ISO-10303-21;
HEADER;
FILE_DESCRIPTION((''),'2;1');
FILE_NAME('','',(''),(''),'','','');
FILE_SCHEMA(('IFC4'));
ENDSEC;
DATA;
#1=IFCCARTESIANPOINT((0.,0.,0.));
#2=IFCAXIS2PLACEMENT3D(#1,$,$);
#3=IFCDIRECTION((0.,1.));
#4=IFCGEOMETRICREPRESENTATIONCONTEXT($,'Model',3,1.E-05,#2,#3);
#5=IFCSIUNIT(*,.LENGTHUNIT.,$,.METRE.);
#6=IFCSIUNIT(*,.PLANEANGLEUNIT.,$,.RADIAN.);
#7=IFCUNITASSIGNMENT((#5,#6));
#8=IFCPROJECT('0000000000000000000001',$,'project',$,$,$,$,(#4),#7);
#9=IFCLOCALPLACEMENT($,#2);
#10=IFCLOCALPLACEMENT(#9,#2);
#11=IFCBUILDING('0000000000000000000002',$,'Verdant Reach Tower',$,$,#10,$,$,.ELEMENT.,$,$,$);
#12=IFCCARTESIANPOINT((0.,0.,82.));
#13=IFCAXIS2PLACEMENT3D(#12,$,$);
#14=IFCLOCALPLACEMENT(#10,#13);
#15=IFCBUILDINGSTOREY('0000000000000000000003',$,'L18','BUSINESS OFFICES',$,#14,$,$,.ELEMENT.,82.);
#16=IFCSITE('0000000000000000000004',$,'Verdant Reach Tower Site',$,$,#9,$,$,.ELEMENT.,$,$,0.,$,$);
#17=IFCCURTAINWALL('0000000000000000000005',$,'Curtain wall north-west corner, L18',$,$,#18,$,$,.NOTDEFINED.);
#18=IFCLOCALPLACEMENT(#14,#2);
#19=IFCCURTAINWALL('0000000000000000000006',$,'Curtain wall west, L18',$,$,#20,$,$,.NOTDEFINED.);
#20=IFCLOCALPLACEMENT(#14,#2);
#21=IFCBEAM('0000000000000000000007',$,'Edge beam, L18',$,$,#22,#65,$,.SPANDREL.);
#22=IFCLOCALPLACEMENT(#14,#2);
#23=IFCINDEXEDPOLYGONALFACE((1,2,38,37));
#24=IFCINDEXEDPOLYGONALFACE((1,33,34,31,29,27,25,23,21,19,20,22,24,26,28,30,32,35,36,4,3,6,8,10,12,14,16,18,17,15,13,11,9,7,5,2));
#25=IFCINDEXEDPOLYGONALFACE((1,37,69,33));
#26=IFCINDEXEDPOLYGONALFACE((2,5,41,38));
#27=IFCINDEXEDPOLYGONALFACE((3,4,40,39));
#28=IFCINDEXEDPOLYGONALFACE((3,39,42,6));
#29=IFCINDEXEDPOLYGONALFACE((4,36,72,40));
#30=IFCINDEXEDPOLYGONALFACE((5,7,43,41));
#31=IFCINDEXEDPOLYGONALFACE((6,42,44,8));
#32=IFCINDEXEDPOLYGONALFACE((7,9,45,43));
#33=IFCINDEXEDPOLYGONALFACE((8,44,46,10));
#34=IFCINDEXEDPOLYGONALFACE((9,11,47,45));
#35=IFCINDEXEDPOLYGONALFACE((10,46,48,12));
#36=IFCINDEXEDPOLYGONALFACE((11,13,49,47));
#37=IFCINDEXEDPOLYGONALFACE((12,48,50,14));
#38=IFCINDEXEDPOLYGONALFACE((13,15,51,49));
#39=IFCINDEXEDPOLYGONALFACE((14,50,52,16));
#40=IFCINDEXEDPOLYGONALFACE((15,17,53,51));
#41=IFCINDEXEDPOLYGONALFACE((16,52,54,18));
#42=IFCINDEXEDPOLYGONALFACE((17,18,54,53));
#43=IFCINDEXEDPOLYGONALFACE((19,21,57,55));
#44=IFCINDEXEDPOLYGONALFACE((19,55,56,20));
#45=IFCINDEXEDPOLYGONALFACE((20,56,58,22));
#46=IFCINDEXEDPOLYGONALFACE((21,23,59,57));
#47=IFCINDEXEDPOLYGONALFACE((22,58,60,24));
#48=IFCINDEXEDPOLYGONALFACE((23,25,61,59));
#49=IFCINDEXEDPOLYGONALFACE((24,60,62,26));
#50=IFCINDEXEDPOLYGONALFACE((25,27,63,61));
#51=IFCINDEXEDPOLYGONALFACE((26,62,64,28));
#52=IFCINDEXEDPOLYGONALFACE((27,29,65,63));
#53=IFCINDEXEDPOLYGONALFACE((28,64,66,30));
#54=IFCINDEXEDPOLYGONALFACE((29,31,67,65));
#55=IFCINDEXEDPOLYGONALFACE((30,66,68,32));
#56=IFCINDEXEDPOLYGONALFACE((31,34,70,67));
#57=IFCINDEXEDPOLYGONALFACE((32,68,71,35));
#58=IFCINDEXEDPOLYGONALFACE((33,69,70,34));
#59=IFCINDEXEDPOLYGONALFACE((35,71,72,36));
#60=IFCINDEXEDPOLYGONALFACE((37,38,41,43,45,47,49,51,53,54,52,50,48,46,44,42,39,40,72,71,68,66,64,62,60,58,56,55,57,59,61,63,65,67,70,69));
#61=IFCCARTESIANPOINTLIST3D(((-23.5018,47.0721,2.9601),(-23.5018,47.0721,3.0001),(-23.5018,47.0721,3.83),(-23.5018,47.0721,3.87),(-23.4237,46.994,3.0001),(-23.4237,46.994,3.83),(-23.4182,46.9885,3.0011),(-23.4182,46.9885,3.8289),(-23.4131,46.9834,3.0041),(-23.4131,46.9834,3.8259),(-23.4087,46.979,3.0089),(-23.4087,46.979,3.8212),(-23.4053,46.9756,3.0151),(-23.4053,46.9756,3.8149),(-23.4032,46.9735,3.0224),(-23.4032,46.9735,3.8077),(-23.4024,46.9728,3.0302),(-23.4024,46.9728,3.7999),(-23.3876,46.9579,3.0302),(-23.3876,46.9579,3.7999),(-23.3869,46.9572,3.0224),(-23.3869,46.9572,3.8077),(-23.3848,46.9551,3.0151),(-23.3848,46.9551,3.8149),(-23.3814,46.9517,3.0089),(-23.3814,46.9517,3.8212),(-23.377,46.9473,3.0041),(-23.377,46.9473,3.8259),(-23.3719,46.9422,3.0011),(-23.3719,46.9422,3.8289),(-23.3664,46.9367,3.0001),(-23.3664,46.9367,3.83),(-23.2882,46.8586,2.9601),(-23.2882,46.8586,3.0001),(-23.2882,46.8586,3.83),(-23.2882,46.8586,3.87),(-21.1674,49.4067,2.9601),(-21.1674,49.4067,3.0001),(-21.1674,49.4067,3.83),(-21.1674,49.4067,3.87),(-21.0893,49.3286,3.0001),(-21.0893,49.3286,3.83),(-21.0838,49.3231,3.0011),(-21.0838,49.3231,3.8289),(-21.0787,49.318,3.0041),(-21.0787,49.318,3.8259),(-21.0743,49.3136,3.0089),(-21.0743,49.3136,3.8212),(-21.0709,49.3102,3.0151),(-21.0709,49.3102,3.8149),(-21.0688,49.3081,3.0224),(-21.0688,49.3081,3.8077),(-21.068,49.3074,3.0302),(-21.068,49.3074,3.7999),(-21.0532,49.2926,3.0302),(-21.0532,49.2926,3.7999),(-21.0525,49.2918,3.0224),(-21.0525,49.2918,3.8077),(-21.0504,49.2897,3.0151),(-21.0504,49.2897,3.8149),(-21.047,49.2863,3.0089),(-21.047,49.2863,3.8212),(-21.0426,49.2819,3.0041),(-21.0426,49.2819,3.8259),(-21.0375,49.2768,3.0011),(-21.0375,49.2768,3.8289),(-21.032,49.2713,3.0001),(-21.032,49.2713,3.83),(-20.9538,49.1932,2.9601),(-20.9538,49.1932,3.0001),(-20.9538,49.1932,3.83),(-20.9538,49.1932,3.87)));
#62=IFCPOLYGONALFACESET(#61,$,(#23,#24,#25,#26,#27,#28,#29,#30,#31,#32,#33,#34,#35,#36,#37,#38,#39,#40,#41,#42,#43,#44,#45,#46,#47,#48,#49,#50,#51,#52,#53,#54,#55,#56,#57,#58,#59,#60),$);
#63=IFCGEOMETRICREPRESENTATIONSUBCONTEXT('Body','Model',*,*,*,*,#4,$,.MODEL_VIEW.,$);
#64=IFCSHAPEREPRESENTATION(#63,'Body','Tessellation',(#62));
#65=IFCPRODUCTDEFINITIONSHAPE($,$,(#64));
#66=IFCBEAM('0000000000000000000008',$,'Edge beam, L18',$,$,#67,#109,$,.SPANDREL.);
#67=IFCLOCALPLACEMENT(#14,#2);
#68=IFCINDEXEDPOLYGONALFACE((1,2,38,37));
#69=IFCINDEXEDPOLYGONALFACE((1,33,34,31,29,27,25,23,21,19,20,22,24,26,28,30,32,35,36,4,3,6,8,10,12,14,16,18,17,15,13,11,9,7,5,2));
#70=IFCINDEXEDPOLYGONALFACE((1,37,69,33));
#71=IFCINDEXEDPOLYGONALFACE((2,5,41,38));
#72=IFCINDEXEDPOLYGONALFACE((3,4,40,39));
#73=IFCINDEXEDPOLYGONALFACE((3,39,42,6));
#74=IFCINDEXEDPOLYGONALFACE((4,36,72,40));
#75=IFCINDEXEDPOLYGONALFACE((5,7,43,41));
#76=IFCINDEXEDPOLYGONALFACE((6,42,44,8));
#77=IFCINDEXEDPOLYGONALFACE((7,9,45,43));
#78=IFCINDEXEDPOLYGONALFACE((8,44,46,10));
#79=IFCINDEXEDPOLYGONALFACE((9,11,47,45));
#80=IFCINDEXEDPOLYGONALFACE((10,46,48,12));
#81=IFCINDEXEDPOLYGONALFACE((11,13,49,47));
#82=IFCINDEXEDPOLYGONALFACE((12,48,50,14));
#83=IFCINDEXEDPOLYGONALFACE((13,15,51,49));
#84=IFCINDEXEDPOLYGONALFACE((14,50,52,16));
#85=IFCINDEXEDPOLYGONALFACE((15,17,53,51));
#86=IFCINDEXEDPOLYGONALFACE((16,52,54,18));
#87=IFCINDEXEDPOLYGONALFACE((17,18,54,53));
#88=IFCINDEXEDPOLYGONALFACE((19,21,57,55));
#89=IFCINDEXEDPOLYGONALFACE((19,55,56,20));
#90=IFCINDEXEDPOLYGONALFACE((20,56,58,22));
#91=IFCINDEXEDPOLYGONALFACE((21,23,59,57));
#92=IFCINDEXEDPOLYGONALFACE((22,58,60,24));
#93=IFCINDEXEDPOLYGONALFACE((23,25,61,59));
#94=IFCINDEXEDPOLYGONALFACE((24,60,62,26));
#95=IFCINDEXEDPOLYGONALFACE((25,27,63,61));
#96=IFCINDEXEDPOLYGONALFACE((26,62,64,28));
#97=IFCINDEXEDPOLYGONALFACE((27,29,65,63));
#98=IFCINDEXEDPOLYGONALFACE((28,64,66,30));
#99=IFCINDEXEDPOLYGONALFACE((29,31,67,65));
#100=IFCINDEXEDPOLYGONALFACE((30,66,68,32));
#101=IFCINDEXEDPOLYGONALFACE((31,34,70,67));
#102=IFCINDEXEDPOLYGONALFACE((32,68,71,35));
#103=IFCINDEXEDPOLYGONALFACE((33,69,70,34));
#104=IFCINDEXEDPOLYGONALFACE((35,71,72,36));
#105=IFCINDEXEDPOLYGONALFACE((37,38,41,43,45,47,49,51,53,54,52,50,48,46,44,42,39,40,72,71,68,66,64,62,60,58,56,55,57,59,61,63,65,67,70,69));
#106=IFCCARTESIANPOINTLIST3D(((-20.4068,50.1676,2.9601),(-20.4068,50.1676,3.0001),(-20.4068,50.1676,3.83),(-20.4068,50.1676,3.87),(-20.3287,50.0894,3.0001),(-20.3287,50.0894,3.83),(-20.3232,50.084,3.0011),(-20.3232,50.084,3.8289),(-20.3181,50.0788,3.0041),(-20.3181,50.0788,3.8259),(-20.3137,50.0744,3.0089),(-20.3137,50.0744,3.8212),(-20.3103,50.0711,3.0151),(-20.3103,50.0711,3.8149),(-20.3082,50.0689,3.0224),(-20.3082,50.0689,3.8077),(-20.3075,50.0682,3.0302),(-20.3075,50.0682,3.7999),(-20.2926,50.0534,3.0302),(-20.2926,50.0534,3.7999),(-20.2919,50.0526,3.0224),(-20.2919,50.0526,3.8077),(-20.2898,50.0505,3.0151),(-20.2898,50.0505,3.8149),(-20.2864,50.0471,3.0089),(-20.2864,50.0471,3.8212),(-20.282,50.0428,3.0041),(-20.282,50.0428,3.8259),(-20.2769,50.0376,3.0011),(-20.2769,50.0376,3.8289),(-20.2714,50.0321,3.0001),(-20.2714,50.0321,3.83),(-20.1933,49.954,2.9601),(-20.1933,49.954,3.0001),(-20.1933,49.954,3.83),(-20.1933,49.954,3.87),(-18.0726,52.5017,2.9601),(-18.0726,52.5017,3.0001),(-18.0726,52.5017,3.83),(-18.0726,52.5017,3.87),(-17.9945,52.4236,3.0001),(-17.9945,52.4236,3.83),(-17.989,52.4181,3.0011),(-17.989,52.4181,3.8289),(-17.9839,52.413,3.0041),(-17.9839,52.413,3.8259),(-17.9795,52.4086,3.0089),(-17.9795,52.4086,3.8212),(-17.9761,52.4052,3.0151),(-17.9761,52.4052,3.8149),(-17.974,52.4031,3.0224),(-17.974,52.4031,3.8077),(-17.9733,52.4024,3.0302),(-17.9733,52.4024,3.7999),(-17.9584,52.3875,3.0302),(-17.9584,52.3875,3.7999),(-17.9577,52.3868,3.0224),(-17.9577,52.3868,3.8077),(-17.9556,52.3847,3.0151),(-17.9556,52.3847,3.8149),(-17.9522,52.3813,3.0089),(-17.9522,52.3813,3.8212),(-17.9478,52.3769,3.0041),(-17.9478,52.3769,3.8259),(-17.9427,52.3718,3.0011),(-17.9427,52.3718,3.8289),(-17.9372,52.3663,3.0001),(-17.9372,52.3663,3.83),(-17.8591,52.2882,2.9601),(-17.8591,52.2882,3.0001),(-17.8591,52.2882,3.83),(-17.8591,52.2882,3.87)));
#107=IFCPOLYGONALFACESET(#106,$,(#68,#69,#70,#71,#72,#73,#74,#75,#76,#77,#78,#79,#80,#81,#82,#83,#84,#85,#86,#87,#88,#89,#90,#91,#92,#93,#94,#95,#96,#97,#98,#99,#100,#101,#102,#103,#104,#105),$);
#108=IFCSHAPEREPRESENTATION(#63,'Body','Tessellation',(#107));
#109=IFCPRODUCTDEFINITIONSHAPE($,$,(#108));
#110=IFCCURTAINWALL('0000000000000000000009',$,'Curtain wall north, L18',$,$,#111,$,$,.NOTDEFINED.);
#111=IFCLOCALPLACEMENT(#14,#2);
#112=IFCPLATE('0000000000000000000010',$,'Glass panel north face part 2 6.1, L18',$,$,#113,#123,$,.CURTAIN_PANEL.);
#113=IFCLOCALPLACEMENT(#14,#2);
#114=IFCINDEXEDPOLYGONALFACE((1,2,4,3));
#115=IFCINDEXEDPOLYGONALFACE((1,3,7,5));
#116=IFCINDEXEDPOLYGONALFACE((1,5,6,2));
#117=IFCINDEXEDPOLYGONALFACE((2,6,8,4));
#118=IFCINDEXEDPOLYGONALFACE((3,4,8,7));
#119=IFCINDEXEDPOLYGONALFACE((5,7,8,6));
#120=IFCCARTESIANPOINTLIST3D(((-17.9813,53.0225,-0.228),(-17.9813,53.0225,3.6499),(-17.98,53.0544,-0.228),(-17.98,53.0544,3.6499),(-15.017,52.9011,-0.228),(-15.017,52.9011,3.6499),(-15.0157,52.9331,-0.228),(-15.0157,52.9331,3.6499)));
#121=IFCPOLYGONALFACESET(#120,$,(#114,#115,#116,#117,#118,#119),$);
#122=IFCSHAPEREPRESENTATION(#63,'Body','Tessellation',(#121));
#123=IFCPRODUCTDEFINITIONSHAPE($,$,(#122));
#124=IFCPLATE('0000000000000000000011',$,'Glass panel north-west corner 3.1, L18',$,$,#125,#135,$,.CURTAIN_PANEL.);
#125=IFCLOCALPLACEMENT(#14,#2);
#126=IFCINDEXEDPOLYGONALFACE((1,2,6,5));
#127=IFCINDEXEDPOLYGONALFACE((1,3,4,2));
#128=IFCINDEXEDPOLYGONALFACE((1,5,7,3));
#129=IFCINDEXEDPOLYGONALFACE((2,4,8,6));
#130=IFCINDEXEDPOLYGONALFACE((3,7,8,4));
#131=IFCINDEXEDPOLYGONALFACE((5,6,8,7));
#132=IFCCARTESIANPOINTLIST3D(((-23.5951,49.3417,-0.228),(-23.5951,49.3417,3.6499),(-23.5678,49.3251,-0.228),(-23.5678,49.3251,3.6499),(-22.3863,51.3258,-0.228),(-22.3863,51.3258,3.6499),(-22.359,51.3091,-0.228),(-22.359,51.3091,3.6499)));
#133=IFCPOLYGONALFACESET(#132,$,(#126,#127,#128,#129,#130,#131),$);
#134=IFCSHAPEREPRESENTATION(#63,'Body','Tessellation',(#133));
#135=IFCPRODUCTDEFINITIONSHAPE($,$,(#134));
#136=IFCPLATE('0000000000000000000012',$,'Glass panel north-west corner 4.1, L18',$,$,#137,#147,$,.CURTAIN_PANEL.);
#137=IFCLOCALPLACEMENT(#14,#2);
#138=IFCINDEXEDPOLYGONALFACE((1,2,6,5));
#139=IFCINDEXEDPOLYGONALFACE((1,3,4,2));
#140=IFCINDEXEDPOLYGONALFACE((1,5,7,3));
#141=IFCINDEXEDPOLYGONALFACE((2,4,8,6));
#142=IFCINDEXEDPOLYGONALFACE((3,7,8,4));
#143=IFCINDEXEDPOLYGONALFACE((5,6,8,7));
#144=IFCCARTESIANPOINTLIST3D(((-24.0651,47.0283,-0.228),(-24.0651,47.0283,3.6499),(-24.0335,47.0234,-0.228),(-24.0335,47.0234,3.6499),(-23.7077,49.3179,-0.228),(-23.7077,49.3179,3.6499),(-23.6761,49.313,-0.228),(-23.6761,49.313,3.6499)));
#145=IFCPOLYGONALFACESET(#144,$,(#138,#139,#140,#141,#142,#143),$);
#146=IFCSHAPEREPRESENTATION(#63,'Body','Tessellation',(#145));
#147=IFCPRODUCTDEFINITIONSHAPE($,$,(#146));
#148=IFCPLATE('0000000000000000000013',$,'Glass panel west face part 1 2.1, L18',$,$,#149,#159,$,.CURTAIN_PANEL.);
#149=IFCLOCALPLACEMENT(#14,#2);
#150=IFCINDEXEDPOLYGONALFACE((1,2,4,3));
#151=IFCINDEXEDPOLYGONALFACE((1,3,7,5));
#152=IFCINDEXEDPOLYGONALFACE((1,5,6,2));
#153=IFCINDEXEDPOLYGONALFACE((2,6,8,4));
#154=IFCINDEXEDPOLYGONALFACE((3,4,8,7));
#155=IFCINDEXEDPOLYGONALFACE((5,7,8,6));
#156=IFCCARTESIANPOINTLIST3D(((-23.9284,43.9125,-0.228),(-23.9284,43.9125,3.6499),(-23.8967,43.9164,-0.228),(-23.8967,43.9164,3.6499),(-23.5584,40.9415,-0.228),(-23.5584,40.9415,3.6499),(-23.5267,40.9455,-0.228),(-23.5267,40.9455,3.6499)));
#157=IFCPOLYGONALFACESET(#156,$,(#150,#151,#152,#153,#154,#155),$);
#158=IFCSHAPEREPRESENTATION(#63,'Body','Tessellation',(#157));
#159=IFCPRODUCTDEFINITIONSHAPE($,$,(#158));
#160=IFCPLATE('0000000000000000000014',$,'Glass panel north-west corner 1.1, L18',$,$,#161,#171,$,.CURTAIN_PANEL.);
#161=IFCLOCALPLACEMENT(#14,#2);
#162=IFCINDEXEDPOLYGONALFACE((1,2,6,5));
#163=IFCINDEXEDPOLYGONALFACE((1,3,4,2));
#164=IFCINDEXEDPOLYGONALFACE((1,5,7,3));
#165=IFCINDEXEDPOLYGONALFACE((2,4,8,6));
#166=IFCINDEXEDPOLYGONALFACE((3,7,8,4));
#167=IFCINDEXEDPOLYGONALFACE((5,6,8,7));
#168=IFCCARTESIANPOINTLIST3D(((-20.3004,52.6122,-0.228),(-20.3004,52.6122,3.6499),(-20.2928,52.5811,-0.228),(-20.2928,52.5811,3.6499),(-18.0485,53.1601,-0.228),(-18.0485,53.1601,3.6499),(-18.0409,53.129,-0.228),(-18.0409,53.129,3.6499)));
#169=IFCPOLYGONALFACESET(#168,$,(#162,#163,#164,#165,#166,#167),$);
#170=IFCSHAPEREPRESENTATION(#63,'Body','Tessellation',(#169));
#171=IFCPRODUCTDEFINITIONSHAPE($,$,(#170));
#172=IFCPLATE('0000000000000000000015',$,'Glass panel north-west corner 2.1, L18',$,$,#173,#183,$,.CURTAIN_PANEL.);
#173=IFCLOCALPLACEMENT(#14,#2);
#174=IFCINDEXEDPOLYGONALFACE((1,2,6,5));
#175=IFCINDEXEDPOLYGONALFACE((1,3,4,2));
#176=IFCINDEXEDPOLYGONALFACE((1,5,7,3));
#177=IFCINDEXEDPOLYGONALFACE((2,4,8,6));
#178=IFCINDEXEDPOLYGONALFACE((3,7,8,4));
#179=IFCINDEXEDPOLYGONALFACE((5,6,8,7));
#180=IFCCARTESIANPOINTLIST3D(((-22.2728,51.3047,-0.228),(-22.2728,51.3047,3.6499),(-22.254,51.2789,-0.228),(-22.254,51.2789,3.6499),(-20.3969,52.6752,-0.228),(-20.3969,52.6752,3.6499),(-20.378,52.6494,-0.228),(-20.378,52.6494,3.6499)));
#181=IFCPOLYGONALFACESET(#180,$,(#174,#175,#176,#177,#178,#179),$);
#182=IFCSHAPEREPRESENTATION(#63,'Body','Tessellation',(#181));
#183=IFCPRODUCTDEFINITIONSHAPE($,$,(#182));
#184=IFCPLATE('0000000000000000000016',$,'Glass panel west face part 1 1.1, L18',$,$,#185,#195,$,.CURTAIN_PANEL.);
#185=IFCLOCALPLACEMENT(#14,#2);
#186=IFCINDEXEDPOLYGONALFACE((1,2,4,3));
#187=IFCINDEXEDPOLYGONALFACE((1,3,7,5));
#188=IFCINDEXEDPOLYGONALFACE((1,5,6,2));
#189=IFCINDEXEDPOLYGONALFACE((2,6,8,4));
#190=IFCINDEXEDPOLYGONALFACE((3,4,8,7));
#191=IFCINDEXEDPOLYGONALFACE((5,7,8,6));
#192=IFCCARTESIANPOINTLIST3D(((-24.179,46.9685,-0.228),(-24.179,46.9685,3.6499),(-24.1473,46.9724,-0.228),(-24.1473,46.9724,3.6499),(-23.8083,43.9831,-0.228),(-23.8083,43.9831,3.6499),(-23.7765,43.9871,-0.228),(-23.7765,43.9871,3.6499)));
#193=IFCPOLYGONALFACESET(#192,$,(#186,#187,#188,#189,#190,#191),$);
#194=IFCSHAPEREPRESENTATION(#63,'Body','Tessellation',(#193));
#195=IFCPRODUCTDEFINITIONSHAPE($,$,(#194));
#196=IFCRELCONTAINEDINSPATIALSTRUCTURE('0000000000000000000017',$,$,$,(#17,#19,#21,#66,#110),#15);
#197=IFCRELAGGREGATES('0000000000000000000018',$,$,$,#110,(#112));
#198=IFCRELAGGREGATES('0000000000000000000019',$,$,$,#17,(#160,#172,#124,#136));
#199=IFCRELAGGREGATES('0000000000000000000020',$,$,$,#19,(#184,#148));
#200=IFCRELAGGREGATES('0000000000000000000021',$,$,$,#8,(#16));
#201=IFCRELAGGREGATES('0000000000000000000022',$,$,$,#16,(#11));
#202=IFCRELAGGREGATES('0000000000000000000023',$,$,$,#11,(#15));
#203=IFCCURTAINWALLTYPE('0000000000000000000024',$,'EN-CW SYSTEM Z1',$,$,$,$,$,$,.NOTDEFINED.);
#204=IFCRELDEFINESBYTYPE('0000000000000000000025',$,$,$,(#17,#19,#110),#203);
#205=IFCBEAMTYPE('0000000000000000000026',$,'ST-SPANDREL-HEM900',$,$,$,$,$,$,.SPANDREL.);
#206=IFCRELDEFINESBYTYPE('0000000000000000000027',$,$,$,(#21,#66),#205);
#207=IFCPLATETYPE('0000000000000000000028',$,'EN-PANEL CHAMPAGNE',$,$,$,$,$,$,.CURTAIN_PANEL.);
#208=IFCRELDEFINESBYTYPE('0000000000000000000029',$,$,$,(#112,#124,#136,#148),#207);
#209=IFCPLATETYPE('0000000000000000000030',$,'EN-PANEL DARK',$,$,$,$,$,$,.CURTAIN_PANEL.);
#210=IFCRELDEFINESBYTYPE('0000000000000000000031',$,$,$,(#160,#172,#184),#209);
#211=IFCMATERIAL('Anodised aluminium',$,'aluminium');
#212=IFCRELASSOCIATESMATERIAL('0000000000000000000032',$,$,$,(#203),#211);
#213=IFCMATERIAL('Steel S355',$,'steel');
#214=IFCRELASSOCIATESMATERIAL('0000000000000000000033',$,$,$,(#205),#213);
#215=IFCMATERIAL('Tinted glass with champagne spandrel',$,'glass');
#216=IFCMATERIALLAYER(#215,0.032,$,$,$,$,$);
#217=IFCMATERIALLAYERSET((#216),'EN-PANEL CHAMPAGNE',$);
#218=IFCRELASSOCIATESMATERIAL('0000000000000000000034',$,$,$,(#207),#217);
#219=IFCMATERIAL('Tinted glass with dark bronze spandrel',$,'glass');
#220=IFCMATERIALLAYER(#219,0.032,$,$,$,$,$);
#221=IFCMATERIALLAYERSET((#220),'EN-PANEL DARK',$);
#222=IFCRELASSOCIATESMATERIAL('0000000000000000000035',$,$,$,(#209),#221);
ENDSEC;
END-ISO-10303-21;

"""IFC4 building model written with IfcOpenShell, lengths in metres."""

from ifc_helpers import new_model, si_unit, direction, frame, origin, origin_2d, place, context, subcontext, project, spatial, rectangle, i_section, extrude, material, layer, layer_set, material_profile, profile_set, type_object, element, aggregate, save


model = new_model("IFC4")

# Units and contexts
model_context = context("Model", 3, precision=1e-05, world=origin(), true_north=direction((0.0, 1.0)))
body_context = subcontext(model_context, "Body", "Model", "MODEL_VIEW")
ifc_project = project(units=[si_unit("LENGTHUNIT", "METRE"), si_unit("PLANEANGLEUNIT", "RADIAN")], contexts=[model_context])

# Site, building, storey
site_placement = place(None, origin())
site = spatial("IfcSite", under=ifc_project, at=site_placement, Name="Verdant Reach Tower Site", CompositionType="ELEMENT", RefElevation=0.0)
building_placement = place(site_placement, origin())
building = spatial("IfcBuilding", under=site, at=building_placement, Name="Verdant Reach Tower", CompositionType="ELEMENT")
storey_placement = place(building_placement, frame((0.0, 0.0, 82.0)))
storey = spatial("IfcBuildingStorey", under=building, at=storey_placement, Name="L18", Description="BUSINESS OFFICES", CompositionType="ELEMENT", Elevation=82.0)

# Curtain walls
ifc_material_1 = material(Name="Anodised aluminium", Category="aluminium")
curtain_wall_type = type_object("IfcCurtainWallType", Name="EN-CW SYSTEM Z1", PredefinedType="NOTDEFINED", material=ifc_material_1)
curtain_wall_1_placement = place(storey_placement, origin())
curtain_wall_1 = element("IfcCurtainWall", 1, at=curtain_wall_1_placement, inside=storey, type_object=curtain_wall_type, Name="Curtain wall north-west corner, L18", PredefinedType="NOTDEFINED")
curtain_wall_2_placement = place(storey_placement, origin())
curtain_wall_2 = element("IfcCurtainWall", 2, at=curtain_wall_2_placement, inside=storey, type_object=curtain_wall_type, Name="Curtain wall west, L18", PredefinedType="NOTDEFINED")

# Beams
ifc_material_2 = material(Name="Steel S355", Category="steel")
ifc_material_profile_1 = material_profile(ifc_material_2, i_section(OverallWidth=0.302, OverallDepth=0.9099, WebThickness=0.021, FlangeThickness=0.04, FilletRadius=0.03, at=origin_2d()), Name="HEM 900")
ifc_profile_set_1 = profile_set([ifc_material_profile_1], Name="Steel S355")
beam_type_1 = type_object("IfcBeamType", Name="ST-SPANDREL-HEM900", PredefinedType="SPANDREL", material=ifc_profile_set_1)
beam_1_placement = place(storey_placement, frame((-23.395, 46.9653, 3.415), z_axis=(0.70707, 0.707144, 0.0), x_axis=(-0.707144, 0.70707, 0.0)))
element("IfcBeam", 3, at=beam_1_placement, inside=storey, type_object=beam_type_1, Name="Edge beam, L18", PredefinedType="SPANDREL", context=body_context, shape_type="SweptSolid", body=[
    extrude(i_section(OverallWidth=0.302, OverallDepth=0.9099, WebThickness=0.021, FlangeThickness=0.04, FilletRadius=0.03, at=origin_2d()), origin(), (0.0, 0.0, 1.0), 3.3015),
])
beam_2_placement = place(storey_placement, frame((-20.3, 50.0608, 3.415), z_axis=(0.707107, 0.707107, 0.0), x_axis=(-0.707107, 0.707107, 0.0)))
element("IfcBeam", 4, at=beam_2_placement, inside=storey, type_object=beam_type_1, Name="Edge beam, L18", PredefinedType="SPANDREL", context=body_context, shape_type="SweptSolid", body=[
    extrude(i_section(OverallWidth=0.302, OverallDepth=0.9099, WebThickness=0.021, FlangeThickness=0.04, FilletRadius=0.03, at=origin_2d()), origin(), (0.0, 0.0, 1.0), 3.301),
])

# Curtain wall, plate
curtain_wall_3_placement = place(storey_placement, origin())
curtain_wall_3 = element("IfcCurtainWall", 5, at=curtain_wall_3_placement, inside=storey, type_object=curtain_wall_type, Name="Curtain wall north, L18", PredefinedType="NOTDEFINED")
ifc_material_3 = material(Name="Tinted glass with champagne spandrel", Category="glass")
ifc_layer_1 = layer(ifc_material_3, 0.032)
ifc_layer_set_1 = layer_set([ifc_layer_1], Name="EN-PANEL CHAMPAGNE")
plate_type_1 = type_object("IfcPlateType", Name="EN-PANEL CHAMPAGNE", PredefinedType="CURTAIN_PANEL", material=ifc_layer_set_1)
plate_1_placement = place(storey_placement, frame((-16.4985, 52.9778, -0.228), z_axis=(0.0, 0.0, 1.0), x_axis=(-0.999163, 0.04091, 0.0)))
plate_1 = element("IfcPlate", 6, at=plate_1_placement, type_object=plate_type_1, Name="Glass panel north face part 2 6.1, L18", PredefinedType="CURTAIN_PANEL", context=body_context, shape_type="SweptSolid", body=[
    extrude(rectangle(XDim=2.9668, YDim=0.032, at=origin_2d()), origin(), (0.0, 0.0, 1.0), 3.8779),
])
aggregate(curtain_wall_3, [plate_1])

# Plates
plate_2_placement = place(storey_placement, frame((-22.9771, 50.3254, -0.228), z_axis=(0.0, 0.0, 1.0), x_axis=(-0.520292, -0.853989, 0.0)))
plate_2 = element("IfcPlate", 7, at=plate_2_placement, type_object=plate_type_1, Name="Glass panel north-west corner 3.1, L18", PredefinedType="CURTAIN_PANEL", context=body_context, shape_type="SweptSolid", body=[
    extrude(rectangle(XDim=2.3232, YDim=0.032, at=origin_2d()), origin(), (0.0, 0.0, 1.0), 3.8779),
])
plate_3_placement = place(storey_placement, frame((-23.8706, 48.1707, -0.228), z_axis=(0.0, 0.0, 1.0), x_axis=(-0.154248, -0.988032, 0.0)))
plate_3 = element("IfcPlate", 8, at=plate_3_placement, type_object=plate_type_1, Name="Glass panel north-west corner 4.1, L18", PredefinedType="CURTAIN_PANEL", context=body_context, shape_type="SweptSolid", body=[
    extrude(rectangle(XDim=2.3174, YDim=0.032, at=origin_2d()), origin(), (0.0, 0.0, 1.0), 3.8779),
])
plate_4_placement = place(storey_placement, frame((-23.7275, 42.429, -0.228), z_axis=(0.0, 0.0, 1.0), x_axis=(0.123579, -0.992335, 0.0)))
plate_4 = element("IfcPlate", 9, at=plate_4_placement, type_object=plate_type_1, Name="Glass panel west face part 1 2.1, L18", PredefinedType="CURTAIN_PANEL", context=body_context, shape_type="SweptSolid", body=[
    extrude(rectangle(XDim=2.9939, YDim=0.032, at=origin_2d()), origin(), (0.0, 0.0, 1.0), 3.8779),
])
ifc_material_4 = material(Name="Tinted glass with dark bronze spandrel", Category="glass")
ifc_layer_2 = layer(ifc_material_4, 0.032)
ifc_layer_set_2 = layer_set([ifc_layer_2], Name="EN-PANEL DARK")
plate_type_2 = type_object("IfcPlateType", Name="EN-PANEL DARK", PredefinedType="CURTAIN_PANEL", material=ifc_layer_set_2)
plate_5_placement = place(storey_placement, frame((-19.1707, 52.8706, -0.228), z_axis=(0.0, 0.0, 1.0), x_axis=(-0.971661, -0.23638, 0.0)))
plate_5 = element("IfcPlate", 10, at=plate_5_placement, type_object=plate_type_2, Name="Glass panel north-west corner 1.1, L18", PredefinedType="CURTAIN_PANEL", context=body_context, shape_type="SweptSolid", body=[
    extrude(rectangle(XDim=2.3176, YDim=0.032, at=origin_2d()), origin(), (0.0, 0.0, 1.0), 3.8779),
])
plate_6_placement = place(storey_placement, frame((-21.3254, 51.9771, -0.228), z_axis=(0.0, 0.0, 1.0), x_axis=(-0.807457, -0.589927, 0.0)))
plate_6 = element("IfcPlate", 11, at=plate_6_placement, type_object=plate_type_2, Name="Glass panel north-west corner 2.1, L18", PredefinedType="CURTAIN_PANEL", context=body_context, shape_type="SweptSolid", body=[
    extrude(rectangle(XDim=2.3232, YDim=0.032, at=origin_2d()), origin(), (0.0, 0.0, 1.0), 3.8779),
])
aggregate(curtain_wall_1, [plate_5, plate_6, plate_2, plate_3])
plate_7_placement = place(storey_placement, frame((-23.9778, 45.4778, -0.228), z_axis=(0.0, 0.0, 1.0), x_axis=(0.123256, -0.992375, 0.0)))
plate_7 = element("IfcPlate", 12, at=plate_7_placement, type_object=plate_type_2, Name="Glass panel west face part 1 1.1, L18", PredefinedType="CURTAIN_PANEL", context=body_context, shape_type="SweptSolid", body=[
    extrude(rectangle(XDim=3.0083, YDim=0.032, at=origin_2d()), origin(), (0.0, 0.0, 1.0), 3.8779),
])
aggregate(curtain_wall_2, [plate_7, plate_4])

save(model, "model.ifc")
